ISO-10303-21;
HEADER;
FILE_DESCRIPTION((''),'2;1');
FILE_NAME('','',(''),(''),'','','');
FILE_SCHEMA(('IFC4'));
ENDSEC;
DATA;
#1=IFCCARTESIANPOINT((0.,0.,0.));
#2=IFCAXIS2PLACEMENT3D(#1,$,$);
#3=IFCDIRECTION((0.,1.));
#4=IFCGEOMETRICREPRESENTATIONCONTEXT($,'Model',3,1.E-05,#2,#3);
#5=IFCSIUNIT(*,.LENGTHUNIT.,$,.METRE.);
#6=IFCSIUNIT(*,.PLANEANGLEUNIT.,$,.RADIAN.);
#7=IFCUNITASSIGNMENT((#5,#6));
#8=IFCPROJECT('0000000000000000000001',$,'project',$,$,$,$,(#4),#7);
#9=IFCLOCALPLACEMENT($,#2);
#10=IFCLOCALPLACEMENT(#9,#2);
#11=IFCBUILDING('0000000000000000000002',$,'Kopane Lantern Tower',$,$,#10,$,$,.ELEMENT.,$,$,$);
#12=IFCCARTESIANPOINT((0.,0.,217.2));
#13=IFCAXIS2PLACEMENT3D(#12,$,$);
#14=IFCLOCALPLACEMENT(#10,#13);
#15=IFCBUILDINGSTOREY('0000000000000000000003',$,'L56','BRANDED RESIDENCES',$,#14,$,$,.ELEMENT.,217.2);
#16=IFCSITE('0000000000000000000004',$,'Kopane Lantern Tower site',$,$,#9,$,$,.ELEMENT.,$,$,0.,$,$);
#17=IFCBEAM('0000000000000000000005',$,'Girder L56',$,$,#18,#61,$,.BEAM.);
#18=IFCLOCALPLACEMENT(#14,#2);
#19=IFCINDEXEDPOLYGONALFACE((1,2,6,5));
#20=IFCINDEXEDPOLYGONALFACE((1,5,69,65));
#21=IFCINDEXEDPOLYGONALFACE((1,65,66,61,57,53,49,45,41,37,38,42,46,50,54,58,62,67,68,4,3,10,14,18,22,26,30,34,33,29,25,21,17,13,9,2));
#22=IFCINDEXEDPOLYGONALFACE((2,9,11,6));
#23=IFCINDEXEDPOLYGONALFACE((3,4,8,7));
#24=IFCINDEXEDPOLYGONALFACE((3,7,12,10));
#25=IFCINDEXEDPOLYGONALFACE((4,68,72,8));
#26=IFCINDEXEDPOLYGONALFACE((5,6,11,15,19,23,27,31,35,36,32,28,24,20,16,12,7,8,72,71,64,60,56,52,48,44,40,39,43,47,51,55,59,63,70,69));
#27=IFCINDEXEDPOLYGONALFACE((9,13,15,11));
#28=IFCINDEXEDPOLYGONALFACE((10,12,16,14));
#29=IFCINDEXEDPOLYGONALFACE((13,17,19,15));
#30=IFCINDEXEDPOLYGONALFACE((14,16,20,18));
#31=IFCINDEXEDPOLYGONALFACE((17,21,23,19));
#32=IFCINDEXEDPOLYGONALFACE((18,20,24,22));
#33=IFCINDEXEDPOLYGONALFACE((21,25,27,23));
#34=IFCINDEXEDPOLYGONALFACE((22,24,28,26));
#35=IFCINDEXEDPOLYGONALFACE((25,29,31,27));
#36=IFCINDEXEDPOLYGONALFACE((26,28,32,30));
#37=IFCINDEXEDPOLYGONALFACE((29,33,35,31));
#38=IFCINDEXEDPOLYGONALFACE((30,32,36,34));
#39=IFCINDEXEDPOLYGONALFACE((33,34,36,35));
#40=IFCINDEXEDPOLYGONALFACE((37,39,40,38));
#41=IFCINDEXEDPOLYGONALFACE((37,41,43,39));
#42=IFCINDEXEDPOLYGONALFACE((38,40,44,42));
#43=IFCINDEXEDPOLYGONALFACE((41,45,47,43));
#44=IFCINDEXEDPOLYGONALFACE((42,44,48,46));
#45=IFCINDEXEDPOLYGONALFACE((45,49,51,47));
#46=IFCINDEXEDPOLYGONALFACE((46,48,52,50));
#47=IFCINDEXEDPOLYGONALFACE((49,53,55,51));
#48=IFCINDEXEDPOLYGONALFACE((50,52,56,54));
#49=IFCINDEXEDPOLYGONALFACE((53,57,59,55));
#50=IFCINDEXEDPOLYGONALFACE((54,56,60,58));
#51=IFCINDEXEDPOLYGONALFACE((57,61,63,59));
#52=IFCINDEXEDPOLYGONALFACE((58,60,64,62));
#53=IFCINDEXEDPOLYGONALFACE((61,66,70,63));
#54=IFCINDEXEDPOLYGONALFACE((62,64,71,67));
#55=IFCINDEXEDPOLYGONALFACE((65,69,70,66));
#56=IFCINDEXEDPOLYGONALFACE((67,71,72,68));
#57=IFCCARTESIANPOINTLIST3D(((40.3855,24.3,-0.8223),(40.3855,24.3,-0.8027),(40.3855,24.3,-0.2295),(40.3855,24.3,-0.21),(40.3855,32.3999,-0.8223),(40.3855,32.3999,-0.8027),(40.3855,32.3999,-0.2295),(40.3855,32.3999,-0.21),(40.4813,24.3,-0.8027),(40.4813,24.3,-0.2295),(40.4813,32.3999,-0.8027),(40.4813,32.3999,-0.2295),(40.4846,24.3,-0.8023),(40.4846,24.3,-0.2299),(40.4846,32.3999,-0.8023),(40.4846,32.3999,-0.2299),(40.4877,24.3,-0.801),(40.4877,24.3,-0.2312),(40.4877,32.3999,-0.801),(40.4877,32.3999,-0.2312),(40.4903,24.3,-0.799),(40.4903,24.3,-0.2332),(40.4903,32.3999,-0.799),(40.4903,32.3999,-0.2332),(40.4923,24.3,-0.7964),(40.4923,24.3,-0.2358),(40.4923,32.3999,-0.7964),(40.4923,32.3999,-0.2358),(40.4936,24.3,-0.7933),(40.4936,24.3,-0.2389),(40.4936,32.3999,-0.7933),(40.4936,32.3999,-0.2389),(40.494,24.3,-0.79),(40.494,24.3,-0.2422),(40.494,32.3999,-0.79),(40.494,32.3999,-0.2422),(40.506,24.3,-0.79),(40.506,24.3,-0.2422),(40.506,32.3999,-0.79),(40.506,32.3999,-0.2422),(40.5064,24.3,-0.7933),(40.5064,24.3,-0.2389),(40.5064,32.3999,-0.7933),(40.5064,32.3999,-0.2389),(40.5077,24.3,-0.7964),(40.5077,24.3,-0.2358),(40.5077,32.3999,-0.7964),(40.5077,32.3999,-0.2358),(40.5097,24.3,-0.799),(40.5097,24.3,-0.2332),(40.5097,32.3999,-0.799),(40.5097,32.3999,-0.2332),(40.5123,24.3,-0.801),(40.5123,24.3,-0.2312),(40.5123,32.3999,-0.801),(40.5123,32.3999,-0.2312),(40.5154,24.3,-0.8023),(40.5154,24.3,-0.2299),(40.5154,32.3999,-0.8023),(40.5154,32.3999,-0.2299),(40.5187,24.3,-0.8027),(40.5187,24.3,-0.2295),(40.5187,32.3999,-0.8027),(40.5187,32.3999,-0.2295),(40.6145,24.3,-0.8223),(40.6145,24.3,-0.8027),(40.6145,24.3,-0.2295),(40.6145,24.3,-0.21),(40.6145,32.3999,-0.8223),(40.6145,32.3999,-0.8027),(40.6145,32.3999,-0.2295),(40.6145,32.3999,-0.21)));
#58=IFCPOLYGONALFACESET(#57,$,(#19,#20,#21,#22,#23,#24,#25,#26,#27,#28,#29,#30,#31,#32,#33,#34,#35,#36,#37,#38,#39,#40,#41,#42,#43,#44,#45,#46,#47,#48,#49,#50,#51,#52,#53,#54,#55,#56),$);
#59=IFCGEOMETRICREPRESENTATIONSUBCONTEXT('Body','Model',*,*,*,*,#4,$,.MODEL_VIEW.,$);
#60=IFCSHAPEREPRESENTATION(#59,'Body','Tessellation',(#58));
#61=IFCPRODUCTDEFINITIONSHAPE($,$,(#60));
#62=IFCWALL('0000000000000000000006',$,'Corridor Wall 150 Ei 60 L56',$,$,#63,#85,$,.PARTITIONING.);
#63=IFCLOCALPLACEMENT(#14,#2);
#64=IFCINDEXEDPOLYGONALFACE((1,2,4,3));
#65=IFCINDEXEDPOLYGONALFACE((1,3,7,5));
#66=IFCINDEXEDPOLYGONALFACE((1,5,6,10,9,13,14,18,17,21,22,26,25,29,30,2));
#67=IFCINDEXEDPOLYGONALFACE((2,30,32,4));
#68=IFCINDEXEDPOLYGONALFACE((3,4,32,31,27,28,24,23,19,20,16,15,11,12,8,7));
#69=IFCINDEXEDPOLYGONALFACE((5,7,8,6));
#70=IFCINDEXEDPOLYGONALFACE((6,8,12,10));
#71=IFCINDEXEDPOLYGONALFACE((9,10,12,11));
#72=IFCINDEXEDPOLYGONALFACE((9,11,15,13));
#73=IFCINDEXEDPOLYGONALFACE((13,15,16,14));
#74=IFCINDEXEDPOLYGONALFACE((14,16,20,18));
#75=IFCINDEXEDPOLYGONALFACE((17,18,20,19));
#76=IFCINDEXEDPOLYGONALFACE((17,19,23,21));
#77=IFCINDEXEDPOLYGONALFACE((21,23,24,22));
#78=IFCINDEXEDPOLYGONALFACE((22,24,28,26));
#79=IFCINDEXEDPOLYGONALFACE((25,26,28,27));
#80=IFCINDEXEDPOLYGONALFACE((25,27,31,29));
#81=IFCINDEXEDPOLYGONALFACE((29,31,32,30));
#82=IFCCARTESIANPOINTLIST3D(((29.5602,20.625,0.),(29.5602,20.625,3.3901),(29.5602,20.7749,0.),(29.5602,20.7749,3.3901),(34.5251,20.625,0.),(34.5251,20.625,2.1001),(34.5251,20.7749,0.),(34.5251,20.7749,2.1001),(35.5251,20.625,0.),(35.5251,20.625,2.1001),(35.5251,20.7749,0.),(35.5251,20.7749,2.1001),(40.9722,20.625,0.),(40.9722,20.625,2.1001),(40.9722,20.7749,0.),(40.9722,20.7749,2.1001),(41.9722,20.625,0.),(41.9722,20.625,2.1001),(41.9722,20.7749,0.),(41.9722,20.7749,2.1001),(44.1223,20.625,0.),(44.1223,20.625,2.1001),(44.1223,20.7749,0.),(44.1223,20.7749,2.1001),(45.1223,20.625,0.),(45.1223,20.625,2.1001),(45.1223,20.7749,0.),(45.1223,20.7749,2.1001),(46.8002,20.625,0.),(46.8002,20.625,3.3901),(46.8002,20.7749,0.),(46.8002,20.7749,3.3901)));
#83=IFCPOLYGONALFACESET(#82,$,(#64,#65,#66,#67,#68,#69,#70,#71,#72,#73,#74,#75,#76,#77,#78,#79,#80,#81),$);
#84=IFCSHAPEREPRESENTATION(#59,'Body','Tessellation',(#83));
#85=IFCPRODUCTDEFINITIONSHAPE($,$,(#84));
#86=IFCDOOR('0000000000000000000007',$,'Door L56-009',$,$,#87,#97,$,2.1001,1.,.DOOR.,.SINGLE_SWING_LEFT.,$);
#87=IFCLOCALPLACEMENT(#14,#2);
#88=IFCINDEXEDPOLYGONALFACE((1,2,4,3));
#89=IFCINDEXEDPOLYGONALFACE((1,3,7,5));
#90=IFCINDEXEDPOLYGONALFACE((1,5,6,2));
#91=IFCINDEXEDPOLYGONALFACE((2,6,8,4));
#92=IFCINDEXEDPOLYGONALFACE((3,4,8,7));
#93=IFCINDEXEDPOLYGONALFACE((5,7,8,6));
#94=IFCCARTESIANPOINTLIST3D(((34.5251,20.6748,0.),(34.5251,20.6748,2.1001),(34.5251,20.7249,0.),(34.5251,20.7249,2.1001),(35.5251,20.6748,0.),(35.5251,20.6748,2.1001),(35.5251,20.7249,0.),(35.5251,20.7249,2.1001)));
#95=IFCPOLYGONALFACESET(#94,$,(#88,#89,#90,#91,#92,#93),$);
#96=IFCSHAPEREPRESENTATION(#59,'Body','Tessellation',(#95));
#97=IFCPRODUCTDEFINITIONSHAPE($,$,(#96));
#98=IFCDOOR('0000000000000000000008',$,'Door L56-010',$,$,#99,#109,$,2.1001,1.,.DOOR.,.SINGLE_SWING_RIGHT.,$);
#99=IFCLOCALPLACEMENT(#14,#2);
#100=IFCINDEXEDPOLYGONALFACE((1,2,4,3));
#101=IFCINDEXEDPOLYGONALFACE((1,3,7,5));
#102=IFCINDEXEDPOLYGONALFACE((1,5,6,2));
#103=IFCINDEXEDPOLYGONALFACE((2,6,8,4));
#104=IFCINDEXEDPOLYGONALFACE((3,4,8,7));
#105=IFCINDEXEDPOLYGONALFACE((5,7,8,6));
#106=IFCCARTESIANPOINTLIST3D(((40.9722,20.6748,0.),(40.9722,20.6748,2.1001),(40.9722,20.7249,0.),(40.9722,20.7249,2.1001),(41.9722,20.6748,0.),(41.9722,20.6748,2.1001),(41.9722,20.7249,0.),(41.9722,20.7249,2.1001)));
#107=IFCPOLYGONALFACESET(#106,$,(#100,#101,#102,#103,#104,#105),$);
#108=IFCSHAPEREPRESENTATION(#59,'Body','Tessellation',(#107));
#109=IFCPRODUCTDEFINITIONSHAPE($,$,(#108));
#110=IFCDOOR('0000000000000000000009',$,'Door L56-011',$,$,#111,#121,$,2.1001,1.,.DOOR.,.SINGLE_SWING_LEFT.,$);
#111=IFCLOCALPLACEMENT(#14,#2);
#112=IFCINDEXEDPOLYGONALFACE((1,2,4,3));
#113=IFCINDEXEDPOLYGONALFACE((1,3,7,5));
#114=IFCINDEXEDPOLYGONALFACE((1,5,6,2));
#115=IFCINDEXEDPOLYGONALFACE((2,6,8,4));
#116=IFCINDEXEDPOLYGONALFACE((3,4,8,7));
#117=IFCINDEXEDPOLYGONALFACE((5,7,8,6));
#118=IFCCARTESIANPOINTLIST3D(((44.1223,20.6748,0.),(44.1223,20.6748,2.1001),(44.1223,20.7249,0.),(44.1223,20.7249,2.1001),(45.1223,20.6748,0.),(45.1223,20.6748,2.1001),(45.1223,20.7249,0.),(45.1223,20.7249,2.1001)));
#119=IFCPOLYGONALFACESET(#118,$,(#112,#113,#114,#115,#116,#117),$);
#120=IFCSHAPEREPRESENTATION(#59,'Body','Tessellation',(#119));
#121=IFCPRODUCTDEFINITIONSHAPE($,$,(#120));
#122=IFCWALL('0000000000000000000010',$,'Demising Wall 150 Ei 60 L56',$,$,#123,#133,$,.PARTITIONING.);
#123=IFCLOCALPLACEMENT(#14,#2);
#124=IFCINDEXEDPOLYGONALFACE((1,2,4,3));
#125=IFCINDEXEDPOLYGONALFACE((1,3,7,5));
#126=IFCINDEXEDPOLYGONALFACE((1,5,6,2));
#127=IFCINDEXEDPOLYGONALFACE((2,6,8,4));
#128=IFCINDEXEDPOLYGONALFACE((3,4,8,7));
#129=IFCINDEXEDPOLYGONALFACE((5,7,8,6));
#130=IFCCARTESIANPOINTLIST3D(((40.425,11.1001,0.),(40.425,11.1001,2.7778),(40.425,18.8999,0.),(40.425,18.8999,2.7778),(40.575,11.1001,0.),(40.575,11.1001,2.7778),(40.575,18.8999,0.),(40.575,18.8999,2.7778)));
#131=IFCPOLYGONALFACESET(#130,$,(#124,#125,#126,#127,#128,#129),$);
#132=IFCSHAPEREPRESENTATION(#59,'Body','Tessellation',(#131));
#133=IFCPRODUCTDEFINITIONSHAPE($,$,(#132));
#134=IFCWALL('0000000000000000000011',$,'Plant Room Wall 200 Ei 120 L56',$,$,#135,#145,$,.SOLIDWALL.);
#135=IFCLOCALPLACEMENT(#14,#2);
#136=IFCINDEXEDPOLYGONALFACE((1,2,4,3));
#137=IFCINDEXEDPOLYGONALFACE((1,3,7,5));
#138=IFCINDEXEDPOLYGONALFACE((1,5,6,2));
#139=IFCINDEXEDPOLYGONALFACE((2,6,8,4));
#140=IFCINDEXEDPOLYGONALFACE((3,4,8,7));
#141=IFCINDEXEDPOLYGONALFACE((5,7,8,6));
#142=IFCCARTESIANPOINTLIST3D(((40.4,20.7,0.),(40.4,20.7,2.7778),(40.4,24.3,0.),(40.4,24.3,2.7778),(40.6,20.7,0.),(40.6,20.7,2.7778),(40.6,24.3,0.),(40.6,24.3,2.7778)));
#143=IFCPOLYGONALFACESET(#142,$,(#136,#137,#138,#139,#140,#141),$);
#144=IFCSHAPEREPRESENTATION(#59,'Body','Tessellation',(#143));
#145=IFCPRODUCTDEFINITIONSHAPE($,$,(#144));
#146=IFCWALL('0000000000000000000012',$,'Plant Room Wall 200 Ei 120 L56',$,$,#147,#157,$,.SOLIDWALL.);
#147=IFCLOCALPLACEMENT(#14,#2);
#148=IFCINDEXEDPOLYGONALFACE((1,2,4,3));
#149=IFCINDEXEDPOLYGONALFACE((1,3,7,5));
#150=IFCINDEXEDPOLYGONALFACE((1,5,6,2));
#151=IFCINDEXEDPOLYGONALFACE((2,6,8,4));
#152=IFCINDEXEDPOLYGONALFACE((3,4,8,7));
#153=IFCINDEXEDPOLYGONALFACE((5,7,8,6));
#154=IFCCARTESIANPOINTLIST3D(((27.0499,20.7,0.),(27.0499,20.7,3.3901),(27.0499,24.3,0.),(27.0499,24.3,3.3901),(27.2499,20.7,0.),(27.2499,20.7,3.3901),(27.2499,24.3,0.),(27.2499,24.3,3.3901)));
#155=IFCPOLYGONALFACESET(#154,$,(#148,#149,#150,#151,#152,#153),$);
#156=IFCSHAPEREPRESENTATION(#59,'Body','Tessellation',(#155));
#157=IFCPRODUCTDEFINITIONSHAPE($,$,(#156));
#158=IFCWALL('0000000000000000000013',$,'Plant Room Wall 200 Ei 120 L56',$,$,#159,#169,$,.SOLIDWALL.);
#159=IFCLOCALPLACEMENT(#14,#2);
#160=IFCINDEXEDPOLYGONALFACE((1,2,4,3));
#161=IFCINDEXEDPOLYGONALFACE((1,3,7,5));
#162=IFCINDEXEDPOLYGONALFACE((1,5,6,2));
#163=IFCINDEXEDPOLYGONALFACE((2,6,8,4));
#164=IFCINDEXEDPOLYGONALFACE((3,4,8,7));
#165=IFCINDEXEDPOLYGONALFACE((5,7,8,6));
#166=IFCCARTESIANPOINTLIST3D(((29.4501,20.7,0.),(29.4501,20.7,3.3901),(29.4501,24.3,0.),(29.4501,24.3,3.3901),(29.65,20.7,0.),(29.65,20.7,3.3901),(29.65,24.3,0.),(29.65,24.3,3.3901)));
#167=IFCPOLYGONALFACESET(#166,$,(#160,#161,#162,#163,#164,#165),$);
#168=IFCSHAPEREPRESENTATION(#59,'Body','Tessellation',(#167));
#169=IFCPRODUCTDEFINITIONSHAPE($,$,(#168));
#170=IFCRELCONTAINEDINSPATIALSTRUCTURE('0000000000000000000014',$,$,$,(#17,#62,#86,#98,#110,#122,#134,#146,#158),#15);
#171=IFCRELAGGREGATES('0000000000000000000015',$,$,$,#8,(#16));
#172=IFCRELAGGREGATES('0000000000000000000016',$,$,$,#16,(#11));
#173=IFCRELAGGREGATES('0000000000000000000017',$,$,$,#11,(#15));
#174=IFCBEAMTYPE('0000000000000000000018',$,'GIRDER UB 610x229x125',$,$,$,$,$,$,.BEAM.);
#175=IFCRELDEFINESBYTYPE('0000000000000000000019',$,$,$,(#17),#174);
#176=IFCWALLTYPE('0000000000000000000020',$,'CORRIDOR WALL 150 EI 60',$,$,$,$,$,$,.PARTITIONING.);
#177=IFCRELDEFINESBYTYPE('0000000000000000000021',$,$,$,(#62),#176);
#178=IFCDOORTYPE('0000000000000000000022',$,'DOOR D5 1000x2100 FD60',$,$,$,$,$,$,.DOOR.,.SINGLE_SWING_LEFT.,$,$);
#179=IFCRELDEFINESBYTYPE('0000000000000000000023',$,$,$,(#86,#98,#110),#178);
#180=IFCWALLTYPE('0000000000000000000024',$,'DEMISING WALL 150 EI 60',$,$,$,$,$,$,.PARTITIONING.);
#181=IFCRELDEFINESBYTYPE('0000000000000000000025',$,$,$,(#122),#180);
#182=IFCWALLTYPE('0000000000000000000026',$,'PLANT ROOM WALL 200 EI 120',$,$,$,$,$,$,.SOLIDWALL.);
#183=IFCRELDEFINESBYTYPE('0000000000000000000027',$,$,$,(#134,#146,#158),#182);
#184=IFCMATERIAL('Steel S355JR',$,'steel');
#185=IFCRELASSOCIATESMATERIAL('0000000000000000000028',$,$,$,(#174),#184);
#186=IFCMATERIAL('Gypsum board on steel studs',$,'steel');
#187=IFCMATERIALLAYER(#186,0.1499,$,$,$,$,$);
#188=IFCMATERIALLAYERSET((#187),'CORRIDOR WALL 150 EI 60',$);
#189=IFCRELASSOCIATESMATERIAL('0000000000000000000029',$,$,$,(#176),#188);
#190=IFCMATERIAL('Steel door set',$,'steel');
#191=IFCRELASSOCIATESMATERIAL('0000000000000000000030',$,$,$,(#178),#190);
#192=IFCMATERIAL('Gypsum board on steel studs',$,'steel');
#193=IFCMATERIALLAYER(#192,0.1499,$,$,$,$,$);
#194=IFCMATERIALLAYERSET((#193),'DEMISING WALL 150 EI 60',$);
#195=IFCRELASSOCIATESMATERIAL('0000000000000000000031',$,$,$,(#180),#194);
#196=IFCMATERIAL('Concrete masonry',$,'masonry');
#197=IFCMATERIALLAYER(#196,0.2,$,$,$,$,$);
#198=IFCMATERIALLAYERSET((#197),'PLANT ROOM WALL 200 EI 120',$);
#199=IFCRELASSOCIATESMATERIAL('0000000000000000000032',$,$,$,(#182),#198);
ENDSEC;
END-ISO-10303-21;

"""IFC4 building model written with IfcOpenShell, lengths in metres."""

from ifc_helpers import new_model, si_unit, direction, frame, frame_2d, origin, origin_2d, place, context, subcontext, project, spatial, rectangle, i_section, extrude, material, layer, layer_set, material_profile, profile_set, type_object, element, fill, save


model = new_model("IFC4")

# Units and contexts
model_context = context("Model", 3, precision=1e-05, world=origin(), true_north=direction((0.0, 1.0)))
body_context = subcontext(model_context, "Body", "Model", "MODEL_VIEW")
ifc_project = project(units=[si_unit("LENGTHUNIT", "METRE"), si_unit("PLANEANGLEUNIT", "RADIAN")], contexts=[model_context])

# Site, building, storey
site_placement = place(None, origin())
site = spatial("IfcSite", under=ifc_project, at=site_placement, Name="Kopane Lantern Tower site", CompositionType="ELEMENT", RefElevation=0.0)
building_placement = place(site_placement, origin())
building = spatial("IfcBuilding", under=site, at=building_placement, Name="Kopane Lantern Tower", CompositionType="ELEMENT")
storey_placement = place(building_placement, frame((0.0, 0.0, 217.2)))
storey = spatial("IfcBuildingStorey", under=building, at=storey_placement, Name="L56", Description="BRANDED RESIDENCES", CompositionType="ELEMENT", Elevation=217.2)

# Beam
ifc_material_1 = material(Name="Steel S355JR", Category="steel")
ifc_material_profile_1 = material_profile(ifc_material_1, i_section(OverallWidth=0.229, OverallDepth=0.6123, WebThickness=0.012, FlangeThickness=0.0195, FilletRadius=0.0127, at=origin_2d()), Name="UB 610x229x125")
ifc_profile_set_1 = profile_set([ifc_material_profile_1], Name="Steel S355JR")
beam_type_1 = type_object("IfcBeamType", Name="GIRDER UB 610x229x125", PredefinedType="BEAM", material=ifc_profile_set_1)
beam_1_placement = place(storey_placement, frame((40.5, 24.3, -0.5161), z_axis=(0.0, 1.0, 0.0), x_axis=(-1.0, 0.0, 0.0)))
element("IfcBeam", 1, at=beam_1_placement, inside=storey, type_object=beam_type_1, Name="Girder L56", PredefinedType="BEAM", context=body_context, shape_type="SweptSolid", body=[
    extrude(i_section(OverallWidth=0.229, OverallDepth=0.6123, WebThickness=0.012, FlangeThickness=0.0195, FilletRadius=0.0127, at=origin_2d()), origin(), (0.0, 0.0, 1.0), 8.0999),
])

# Wall, openings, doors
ifc_material_2 = material(Name="Gypsum board on steel studs", Category="steel")
ifc_layer_1 = layer(ifc_material_2, 0.1499)
ifc_layer_set_1 = layer_set([ifc_layer_1], Name="CORRIDOR WALL 150 EI 60")
wall_type_1 = type_object("IfcWallType", Name="CORRIDOR WALL 150 EI 60", PredefinedType="PARTITIONING", material=ifc_layer_set_1)
wall_1_placement = place(storey_placement, frame((29.5601, 20.7, 0.0), z_axis=(0.0, 0.0, 1.0), x_axis=(1.0, 0.0, 0.0)))
wall_1 = element("IfcWall", 2, at=wall_1_placement, inside=storey, type_object=wall_type_1, Name="Corridor Wall 150 Ei 60 L56", PredefinedType="PARTITIONING", context=body_context, shape_type="SweptSolid", body=[
    extrude(rectangle(XDim=17.24, YDim=0.1499, at=frame_2d((8.6201, 0.0))), origin(), (0.0, 0.0, 1.0), 3.3901),
])
opening_1_placement = place(wall_1_placement, frame((4.9651, 0.0, 0.0)))
opening_1 = element("IfcOpeningElement", 3, at=opening_1_placement, cuts=wall_1, PredefinedType="OPENING", context=body_context, shape_type="SweptSolid", body=[
    extrude(rectangle(XDim=1.0, YDim=2.1001, at=frame_2d((0.5, 1.05))), frame((0.0, 0.085, 0.0), z_axis=(0.0, -1.0, 0.0), x_axis=(1.0, 0.0, 0.0)), (0.0, 0.0, 1.0), 0.1699),
])
opening_2_placement = place(wall_1_placement, frame((11.4121, 0.0, 0.0)))
opening_2 = element("IfcOpeningElement", 4, at=opening_2_placement, cuts=wall_1, PredefinedType="OPENING", context=body_context, shape_type="SweptSolid", body=[
    extrude(rectangle(XDim=1.0, YDim=2.1001, at=frame_2d((0.5, 1.05))), frame((0.0, 0.085, 0.0), z_axis=(0.0, -1.0, 0.0), x_axis=(1.0, 0.0, 0.0)), (0.0, 0.0, 1.0), 0.1699),
])
opening_3_placement = place(wall_1_placement, frame((14.5623, 0.0, 0.0)))
opening_3 = element("IfcOpeningElement", 5, at=opening_3_placement, cuts=wall_1, PredefinedType="OPENING", context=body_context, shape_type="SweptSolid", body=[
    extrude(rectangle(XDim=1.0, YDim=2.1001, at=frame_2d((0.5, 1.05))), frame((0.0, 0.085, 0.0), z_axis=(0.0, -1.0, 0.0), x_axis=(1.0, 0.0, 0.0)), (0.0, 0.0, 1.0), 0.1699),
])
ifc_material_3 = material(Name="Steel door set", Category="steel")
door_type_1 = type_object("IfcDoorType", Name="DOOR D5 1000x2100 FD60", OperationType="SINGLE_SWING_LEFT", PredefinedType="DOOR", material=ifc_material_3)
door_1_placement = place(opening_1_placement, origin())
door_1 = element("IfcDoor", 6, at=door_1_placement, inside=storey, type_object=door_type_1, Name="Door L56-009", OperationType="SINGLE_SWING_LEFT", OverallHeight=2.1001, OverallWidth=1.0, PredefinedType="DOOR", context=body_context, shape_type="SweptSolid", body=[
    extrude(rectangle(XDim=1.0, YDim=2.1001, at=frame_2d((0.5, 1.05))), frame((0.0, 0.0249, 0.0), z_axis=(0.0, -1.0, 0.0), x_axis=(1.0, 0.0, 0.0)), (0.0, 0.0, 1.0), 0.05),
])
fill(opening_1, door_1)
door_2_placement = place(opening_2_placement, origin())
door_2 = element("IfcDoor", 7, at=door_2_placement, inside=storey, type_object=door_type_1, Name="Door L56-010", OperationType="SINGLE_SWING_RIGHT", OverallHeight=2.1001, OverallWidth=1.0, PredefinedType="DOOR", context=body_context, shape_type="SweptSolid", body=[
    extrude(rectangle(XDim=1.0, YDim=2.1001, at=frame_2d((0.5, 1.05))), frame((0.0, 0.0249, 0.0), z_axis=(0.0, -1.0, 0.0), x_axis=(1.0, 0.0, 0.0)), (0.0, 0.0, 1.0), 0.05),
])
fill(opening_2, door_2)
door_3_placement = place(opening_3_placement, origin())
door_3 = element("IfcDoor", 8, at=door_3_placement, inside=storey, type_object=door_type_1, Name="Door L56-011", OperationType="SINGLE_SWING_LEFT", OverallHeight=2.1001, OverallWidth=1.0, PredefinedType="DOOR", context=body_context, shape_type="SweptSolid", body=[
    extrude(rectangle(XDim=1.0, YDim=2.1001, at=frame_2d((0.5, 1.05))), frame((0.0, 0.0249, 0.0), z_axis=(0.0, -1.0, 0.0), x_axis=(1.0, 0.0, 0.0)), (0.0, 0.0, 1.0), 0.05),
])
fill(opening_3, door_3)

# Walls
ifc_material_4 = material(Name="Gypsum board on steel studs", Category="steel")
ifc_layer_2 = layer(ifc_material_4, 0.1499)
ifc_layer_set_2 = layer_set([ifc_layer_2], Name="DEMISING WALL 150 EI 60")
wall_type_2 = type_object("IfcWallType", Name="DEMISING WALL 150 EI 60", PredefinedType="PARTITIONING", material=ifc_layer_set_2)
wall_2_placement = place(storey_placement, frame((40.5, 18.8999, 0.0), z_axis=(0.0, 0.0, 1.0), x_axis=(0.0, -1.0, 0.0)))
element("IfcWall", 9, at=wall_2_placement, inside=storey, type_object=wall_type_2, Name="Demising Wall 150 Ei 60 L56", PredefinedType="PARTITIONING", context=body_context, shape_type="SweptSolid", body=[
    extrude(rectangle(XDim=7.7998, YDim=0.1499, at=frame_2d((3.8999, 0.0))), origin(), (0.0, 0.0, 1.0), 2.7778),
])
ifc_material_5 = material(Name="Concrete masonry", Category="masonry")
ifc_layer_3 = layer(ifc_material_5, 0.2)
ifc_layer_set_3 = layer_set([ifc_layer_3], Name="PLANT ROOM WALL 200 EI 120")
wall_type_3 = type_object("IfcWallType", Name="PLANT ROOM WALL 200 EI 120", PredefinedType="SOLIDWALL", material=ifc_layer_set_3)
wall_3_placement = place(storey_placement, frame((40.5, 20.7, 0.0), z_axis=(0.0, 0.0, 1.0), x_axis=(0.0, 1.0, 0.0)))
element("IfcWall", 10, at=wall_3_placement, inside=storey, type_object=wall_type_3, Name="Plant Room Wall 200 Ei 120 L56", PredefinedType="SOLIDWALL", context=body_context, shape_type="SweptSolid", body=[
    extrude(rectangle(XDim=3.6001, YDim=0.2, at=frame_2d((1.8, 0.0))), origin(), (0.0, 0.0, 1.0), 2.7778),
])
for number, where, z_axis, x_axis, name in (
    (11, (27.1499, 20.7, 0.0), (0.0, 0.0, 1.0), (0.0, 1.0, 0.0), "Plant Room Wall 200 Ei 120 L56"),
    (12, (29.55, 20.7, 0.0), (0.0, 0.0, 1.0), (0.0, 1.0, 0.0), "Plant Room Wall 200 Ei 120 L56"),
):
    element("IfcWall", number, at=place(storey_placement, frame(where, z_axis=z_axis, x_axis=x_axis)), inside=storey, type_object=wall_type_3, Name=name, PredefinedType="SOLIDWALL", context=body_context, shape_type="SweptSolid", body=[
        extrude(rectangle(XDim=3.6001, YDim=0.2, at=frame_2d((1.8, 0.0))), origin(), (0.0, 0.0, 1.0), 3.3901),
    ])

save(model, "model.ifc")
